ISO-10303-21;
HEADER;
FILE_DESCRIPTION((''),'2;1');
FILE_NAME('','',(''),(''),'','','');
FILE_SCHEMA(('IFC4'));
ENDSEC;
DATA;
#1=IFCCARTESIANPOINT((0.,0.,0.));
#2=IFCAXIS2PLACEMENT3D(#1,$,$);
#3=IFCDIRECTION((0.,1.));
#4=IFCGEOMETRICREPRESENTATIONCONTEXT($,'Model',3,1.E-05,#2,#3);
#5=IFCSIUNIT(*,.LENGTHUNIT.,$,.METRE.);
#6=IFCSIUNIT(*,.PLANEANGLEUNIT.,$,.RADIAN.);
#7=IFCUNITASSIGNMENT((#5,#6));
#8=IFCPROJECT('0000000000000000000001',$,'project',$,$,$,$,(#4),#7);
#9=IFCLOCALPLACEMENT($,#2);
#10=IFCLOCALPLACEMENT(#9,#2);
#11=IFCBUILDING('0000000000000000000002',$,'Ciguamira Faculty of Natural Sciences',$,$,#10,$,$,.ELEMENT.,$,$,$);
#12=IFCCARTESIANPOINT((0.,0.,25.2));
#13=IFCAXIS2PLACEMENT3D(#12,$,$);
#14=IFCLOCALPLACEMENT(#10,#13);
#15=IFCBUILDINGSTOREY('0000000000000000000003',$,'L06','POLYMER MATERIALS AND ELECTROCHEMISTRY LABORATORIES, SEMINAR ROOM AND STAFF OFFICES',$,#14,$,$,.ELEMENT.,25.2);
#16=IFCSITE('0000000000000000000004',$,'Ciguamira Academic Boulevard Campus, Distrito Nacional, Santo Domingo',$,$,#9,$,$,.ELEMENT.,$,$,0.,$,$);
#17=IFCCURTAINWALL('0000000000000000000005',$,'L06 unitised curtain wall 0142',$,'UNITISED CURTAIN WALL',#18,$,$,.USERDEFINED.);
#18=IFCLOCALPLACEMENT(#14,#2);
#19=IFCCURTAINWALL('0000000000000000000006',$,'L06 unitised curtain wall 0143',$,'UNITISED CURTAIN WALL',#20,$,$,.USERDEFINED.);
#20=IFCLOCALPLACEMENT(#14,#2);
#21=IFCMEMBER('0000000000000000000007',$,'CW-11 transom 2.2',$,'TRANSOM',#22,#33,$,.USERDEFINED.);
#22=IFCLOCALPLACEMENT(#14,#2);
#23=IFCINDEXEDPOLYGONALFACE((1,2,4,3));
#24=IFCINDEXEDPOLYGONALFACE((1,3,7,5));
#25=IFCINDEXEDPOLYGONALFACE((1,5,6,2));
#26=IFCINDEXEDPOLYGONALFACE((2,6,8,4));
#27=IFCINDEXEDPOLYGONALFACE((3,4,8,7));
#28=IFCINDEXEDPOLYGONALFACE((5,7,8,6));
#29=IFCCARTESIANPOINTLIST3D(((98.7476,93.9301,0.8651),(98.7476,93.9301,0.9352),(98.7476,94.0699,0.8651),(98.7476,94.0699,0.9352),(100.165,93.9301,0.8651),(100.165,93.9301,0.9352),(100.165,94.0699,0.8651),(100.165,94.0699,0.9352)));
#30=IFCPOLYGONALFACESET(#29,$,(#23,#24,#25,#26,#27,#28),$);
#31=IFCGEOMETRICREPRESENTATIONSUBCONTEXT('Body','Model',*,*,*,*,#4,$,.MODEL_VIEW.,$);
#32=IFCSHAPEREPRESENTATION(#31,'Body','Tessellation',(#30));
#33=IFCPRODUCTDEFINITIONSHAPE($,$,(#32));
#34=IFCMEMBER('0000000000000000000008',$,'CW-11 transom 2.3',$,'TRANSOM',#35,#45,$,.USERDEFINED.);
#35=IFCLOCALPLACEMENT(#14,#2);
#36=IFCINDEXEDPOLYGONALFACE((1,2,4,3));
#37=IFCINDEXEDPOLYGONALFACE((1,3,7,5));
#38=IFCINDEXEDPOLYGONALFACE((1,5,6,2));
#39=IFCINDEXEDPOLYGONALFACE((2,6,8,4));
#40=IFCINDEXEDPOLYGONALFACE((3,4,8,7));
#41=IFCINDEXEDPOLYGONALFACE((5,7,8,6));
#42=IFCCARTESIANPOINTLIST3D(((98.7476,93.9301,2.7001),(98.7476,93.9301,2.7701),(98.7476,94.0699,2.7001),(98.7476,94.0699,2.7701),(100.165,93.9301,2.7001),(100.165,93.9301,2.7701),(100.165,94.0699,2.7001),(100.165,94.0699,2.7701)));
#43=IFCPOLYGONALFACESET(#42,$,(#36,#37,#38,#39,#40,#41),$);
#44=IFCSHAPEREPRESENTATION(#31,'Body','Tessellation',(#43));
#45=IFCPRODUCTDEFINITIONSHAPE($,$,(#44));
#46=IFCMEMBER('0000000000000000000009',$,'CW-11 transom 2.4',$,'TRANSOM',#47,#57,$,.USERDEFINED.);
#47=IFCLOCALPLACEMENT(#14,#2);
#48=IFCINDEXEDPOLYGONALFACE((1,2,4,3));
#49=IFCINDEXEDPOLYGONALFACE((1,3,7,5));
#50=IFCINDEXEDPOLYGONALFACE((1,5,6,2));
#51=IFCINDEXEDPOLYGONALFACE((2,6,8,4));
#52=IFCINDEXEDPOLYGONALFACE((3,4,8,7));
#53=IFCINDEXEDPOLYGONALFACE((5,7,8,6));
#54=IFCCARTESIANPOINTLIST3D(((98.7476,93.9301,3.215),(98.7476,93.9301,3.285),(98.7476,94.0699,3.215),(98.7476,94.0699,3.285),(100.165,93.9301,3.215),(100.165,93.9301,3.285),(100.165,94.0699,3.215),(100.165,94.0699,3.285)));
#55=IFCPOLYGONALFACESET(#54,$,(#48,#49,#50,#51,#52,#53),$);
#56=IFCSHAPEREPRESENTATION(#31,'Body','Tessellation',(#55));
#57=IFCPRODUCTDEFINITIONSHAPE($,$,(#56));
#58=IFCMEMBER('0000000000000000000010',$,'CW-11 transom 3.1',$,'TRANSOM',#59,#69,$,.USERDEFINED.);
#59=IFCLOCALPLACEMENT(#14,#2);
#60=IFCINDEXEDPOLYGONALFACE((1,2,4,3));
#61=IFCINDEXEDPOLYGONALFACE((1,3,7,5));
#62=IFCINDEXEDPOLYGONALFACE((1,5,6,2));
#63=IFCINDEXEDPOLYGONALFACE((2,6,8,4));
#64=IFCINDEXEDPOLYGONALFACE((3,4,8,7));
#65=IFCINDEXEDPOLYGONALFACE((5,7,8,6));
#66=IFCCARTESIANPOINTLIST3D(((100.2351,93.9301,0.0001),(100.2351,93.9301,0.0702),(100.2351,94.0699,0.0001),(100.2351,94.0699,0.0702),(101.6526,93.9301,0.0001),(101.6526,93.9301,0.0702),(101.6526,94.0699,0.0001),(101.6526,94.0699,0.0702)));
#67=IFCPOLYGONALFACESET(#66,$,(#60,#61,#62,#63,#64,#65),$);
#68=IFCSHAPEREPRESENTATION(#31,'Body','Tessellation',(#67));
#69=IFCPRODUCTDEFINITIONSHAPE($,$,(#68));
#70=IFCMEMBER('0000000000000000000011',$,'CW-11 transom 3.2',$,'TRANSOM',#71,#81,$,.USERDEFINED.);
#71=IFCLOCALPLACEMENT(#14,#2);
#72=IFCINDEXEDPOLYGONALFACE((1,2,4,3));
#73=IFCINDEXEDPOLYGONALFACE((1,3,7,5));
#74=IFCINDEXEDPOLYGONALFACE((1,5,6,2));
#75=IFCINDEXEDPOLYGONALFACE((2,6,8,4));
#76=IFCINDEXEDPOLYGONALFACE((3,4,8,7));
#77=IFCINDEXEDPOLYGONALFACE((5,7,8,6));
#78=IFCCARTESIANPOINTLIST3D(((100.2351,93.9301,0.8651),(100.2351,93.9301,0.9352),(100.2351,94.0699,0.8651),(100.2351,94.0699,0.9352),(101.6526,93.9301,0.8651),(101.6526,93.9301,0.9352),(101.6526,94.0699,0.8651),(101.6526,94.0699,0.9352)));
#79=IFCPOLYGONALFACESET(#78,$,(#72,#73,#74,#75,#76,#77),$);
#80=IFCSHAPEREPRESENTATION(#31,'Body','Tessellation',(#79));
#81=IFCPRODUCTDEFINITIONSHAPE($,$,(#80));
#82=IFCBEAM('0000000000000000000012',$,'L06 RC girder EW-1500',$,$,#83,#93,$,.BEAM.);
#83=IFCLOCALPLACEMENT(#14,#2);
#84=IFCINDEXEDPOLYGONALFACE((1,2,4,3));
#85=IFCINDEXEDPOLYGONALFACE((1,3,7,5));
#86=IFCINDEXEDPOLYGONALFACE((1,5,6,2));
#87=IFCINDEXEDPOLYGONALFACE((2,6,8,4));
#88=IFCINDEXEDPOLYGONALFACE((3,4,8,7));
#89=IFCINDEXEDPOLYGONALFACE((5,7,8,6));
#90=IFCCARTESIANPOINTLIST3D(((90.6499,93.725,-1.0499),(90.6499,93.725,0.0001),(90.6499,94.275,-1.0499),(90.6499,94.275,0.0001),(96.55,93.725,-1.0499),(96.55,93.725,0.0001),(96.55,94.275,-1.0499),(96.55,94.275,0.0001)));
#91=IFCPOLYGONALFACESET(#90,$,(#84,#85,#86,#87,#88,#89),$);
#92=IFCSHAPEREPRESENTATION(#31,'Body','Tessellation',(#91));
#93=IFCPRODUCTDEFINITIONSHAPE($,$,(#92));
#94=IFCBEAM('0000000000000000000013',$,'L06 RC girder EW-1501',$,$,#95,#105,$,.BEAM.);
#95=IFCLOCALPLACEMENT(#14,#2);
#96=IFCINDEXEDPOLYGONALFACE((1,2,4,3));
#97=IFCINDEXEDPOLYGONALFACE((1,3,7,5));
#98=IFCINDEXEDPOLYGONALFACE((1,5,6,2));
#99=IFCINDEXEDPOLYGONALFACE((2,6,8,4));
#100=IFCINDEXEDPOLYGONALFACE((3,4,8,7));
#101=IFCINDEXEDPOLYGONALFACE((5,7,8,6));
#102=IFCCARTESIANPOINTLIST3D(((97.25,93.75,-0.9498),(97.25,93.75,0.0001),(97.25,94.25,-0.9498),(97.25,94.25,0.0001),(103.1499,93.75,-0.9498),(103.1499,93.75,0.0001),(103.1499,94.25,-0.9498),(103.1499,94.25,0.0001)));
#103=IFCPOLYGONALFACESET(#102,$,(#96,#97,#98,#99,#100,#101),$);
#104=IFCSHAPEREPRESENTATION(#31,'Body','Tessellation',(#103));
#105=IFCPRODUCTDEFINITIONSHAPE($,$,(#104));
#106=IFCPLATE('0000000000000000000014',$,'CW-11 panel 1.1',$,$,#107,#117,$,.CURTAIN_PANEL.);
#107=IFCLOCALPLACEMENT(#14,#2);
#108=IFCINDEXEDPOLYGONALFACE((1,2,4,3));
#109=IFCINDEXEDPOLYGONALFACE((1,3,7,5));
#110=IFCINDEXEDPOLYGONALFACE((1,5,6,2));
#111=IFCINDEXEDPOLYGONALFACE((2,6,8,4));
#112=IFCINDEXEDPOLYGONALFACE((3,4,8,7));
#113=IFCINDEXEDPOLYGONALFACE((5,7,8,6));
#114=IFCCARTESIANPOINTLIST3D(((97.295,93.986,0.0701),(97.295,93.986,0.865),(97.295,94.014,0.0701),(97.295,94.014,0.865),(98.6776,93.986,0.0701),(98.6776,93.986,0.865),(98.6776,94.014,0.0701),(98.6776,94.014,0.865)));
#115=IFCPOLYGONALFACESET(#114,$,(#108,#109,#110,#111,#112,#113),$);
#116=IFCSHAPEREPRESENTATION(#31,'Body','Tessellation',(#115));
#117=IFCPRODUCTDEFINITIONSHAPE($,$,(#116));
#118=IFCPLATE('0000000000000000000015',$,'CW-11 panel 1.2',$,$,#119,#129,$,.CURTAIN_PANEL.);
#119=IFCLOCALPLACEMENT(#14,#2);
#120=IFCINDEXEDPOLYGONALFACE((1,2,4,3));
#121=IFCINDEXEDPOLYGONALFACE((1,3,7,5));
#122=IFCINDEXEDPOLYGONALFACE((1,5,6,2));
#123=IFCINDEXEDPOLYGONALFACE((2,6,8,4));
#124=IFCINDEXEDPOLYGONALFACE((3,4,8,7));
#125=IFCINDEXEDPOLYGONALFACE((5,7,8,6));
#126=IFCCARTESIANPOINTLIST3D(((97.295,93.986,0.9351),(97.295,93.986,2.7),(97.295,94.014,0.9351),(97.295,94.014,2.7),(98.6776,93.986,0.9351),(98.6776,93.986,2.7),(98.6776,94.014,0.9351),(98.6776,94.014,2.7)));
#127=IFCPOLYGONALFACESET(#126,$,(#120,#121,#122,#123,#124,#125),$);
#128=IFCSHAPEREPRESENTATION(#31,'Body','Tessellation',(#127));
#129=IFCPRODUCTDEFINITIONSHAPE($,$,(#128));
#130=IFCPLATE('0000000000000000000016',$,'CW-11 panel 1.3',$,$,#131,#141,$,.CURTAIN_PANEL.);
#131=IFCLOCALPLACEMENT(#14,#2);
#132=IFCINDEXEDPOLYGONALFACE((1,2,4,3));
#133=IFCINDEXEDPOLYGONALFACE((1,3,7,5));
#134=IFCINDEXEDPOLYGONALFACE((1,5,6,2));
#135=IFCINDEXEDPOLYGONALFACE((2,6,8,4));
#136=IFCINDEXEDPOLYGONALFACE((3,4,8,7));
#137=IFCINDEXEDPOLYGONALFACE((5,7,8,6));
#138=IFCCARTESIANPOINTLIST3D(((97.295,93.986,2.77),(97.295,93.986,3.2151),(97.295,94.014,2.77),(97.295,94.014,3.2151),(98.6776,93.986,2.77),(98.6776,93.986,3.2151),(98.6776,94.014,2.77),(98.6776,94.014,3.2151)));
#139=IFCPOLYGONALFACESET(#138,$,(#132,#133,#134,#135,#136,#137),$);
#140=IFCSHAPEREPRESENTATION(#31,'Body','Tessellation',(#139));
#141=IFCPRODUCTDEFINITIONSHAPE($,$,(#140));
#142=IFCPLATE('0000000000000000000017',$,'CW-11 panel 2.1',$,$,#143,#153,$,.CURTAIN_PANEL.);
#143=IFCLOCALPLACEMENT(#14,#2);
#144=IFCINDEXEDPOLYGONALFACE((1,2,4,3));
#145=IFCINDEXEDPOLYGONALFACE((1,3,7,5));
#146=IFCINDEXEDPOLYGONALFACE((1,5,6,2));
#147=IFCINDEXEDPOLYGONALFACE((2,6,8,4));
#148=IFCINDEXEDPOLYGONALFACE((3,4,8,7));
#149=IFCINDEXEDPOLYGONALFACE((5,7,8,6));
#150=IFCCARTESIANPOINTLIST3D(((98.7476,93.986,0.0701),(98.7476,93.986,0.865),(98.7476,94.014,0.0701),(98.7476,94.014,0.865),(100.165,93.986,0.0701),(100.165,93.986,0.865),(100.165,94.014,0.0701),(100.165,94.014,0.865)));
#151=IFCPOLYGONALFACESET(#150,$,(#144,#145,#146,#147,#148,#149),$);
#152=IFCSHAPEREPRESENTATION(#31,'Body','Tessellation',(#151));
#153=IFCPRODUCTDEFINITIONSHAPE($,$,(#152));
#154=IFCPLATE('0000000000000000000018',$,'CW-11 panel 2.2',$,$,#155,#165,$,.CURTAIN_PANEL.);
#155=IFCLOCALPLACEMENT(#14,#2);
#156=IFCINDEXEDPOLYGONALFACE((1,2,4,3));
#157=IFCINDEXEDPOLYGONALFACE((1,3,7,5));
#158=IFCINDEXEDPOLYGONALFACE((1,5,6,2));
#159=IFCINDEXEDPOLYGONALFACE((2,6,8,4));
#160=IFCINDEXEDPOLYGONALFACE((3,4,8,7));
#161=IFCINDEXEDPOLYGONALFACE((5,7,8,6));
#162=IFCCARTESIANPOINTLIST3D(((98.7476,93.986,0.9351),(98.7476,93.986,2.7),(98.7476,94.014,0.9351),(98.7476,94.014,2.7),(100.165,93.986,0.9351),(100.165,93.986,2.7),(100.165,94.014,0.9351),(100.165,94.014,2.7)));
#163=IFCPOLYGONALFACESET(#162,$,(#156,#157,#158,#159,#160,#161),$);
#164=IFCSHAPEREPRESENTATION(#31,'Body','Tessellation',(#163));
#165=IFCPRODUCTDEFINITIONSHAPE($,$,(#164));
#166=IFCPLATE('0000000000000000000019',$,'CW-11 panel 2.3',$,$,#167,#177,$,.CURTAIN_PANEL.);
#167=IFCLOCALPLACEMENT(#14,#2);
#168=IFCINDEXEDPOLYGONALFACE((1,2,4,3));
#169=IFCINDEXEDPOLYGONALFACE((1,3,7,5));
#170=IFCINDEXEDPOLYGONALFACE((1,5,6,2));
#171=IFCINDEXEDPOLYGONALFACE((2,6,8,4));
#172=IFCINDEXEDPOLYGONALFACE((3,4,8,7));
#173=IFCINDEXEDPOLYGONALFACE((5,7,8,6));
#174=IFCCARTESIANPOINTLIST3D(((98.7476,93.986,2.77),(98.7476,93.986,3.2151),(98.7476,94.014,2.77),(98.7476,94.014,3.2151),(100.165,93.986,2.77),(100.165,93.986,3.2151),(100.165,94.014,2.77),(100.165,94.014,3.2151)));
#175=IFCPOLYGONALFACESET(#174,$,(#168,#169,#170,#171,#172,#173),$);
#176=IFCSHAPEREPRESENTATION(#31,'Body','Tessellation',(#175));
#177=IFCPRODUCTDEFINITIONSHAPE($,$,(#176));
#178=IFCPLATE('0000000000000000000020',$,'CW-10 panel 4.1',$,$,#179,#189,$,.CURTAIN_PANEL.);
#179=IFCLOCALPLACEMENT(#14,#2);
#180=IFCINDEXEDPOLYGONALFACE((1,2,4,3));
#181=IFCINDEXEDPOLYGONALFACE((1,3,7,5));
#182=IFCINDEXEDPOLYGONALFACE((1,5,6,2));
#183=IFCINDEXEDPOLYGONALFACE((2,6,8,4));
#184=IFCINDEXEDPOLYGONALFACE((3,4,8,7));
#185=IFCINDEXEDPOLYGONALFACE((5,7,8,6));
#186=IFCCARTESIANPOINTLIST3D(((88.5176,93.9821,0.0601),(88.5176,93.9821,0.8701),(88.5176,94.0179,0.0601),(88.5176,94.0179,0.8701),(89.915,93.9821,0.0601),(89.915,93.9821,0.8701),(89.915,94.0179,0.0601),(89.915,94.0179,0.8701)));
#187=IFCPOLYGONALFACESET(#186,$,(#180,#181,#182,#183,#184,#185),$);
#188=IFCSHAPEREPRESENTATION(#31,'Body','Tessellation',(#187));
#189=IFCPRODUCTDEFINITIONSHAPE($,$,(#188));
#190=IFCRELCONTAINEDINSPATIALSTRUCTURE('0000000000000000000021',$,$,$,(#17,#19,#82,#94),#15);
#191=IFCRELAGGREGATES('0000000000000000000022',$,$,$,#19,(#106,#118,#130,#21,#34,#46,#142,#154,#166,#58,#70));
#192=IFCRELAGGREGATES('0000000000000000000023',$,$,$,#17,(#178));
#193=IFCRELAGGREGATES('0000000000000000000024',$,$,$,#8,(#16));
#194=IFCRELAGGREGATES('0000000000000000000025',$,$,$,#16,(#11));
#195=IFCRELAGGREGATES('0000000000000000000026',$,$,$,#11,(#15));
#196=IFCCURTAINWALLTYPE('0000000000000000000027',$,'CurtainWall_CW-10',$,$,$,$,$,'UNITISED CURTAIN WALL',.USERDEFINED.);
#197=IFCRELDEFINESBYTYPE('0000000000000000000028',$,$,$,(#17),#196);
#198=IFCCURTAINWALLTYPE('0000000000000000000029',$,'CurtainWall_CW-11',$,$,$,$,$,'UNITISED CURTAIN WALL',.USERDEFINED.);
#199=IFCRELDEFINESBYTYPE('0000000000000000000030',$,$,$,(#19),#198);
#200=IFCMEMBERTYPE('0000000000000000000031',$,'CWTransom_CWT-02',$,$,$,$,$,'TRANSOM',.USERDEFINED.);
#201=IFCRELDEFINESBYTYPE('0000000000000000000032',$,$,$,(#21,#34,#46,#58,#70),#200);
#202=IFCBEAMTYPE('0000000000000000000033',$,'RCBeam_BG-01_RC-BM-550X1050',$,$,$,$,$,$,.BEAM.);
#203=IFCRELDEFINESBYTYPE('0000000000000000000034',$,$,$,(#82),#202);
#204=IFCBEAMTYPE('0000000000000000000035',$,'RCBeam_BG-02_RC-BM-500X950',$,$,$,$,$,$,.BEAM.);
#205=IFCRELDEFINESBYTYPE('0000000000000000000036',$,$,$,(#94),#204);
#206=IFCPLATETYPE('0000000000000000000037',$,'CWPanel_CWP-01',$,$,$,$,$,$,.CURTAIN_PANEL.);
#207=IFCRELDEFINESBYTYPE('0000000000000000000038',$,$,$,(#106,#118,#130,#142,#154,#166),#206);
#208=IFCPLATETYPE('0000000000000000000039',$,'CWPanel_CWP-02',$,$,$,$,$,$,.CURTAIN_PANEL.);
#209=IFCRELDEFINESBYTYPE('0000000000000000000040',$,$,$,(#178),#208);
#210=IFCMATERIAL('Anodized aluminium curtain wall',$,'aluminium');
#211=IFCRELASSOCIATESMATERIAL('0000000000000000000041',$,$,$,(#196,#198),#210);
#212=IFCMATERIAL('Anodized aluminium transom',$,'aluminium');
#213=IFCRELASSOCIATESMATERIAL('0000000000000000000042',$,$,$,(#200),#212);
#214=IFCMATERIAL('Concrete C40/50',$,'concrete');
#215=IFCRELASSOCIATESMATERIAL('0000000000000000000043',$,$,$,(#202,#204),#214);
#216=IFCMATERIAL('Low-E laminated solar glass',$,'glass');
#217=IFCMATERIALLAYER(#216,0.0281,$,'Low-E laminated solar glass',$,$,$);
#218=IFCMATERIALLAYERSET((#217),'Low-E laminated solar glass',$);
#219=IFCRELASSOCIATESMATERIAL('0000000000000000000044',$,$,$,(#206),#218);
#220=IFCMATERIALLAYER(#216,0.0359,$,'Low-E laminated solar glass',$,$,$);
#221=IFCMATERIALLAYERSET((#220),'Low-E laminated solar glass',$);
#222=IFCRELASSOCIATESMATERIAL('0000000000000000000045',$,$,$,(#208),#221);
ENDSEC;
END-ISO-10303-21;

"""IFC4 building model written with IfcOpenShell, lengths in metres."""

from ifc_helpers import new_model, si_unit, direction, frame, origin, origin_2d, place, context, subcontext, project, spatial, rectangle, extrude, material, layer, layer_set, material_profile, profile_set, type_object, element, aggregate, save


model = new_model("IFC4")

# Units and contexts
model_context = context("Model", 3, precision=1e-05, world=origin(), true_north=direction((0.0, 1.0)))
body_context = subcontext(model_context, "Body", "Model", "MODEL_VIEW")
ifc_project = project(units=[si_unit("LENGTHUNIT", "METRE"), si_unit("PLANEANGLEUNIT", "RADIAN")], contexts=[model_context])

# Site, building, storey
site_placement = place(None, origin())
site = spatial("IfcSite", under=ifc_project, at=site_placement, Name="Ciguamira Academic Boulevard Campus, Distrito Nacional, Santo Domingo", CompositionType="ELEMENT", RefElevation=0.0)
building_placement = place(site_placement, origin())
building = spatial("IfcBuilding", under=site, at=building_placement, Name="Ciguamira Faculty of Natural Sciences", CompositionType="ELEMENT")
storey_placement = place(building_placement, frame((0.0, 0.0, 25.2)))
storey = spatial("IfcBuildingStorey", under=building, at=storey_placement, Name="L06", Description="POLYMER MATERIALS AND ELECTROCHEMISTRY LABORATORIES, SEMINAR ROOM AND STAFF OFFICES", CompositionType="ELEMENT", Elevation=25.2)

# Shared definitions
ifc_material_1 = material(Name="Concrete C40/50", Category="concrete")

# Curtain wall
ifc_material_2 = material(Name="Anodized aluminium curtain wall", Category="aluminium")
curtain_wall_type_1 = type_object("IfcCurtainWallType", Name="CurtainWall_CW-10", ElementType="UNITISED CURTAIN WALL", PredefinedType="USERDEFINED", material=ifc_material_2)
curtain_wall_1_placement = place(storey_placement, origin())
curtain_wall_1 = element("IfcCurtainWall", 1, at=curtain_wall_1_placement, inside=storey, type_object=curtain_wall_type_1, Name="L06 unitised curtain wall 0142", ObjectType="UNITISED CURTAIN WALL", PredefinedType="USERDEFINED")

# Curtain wall
curtain_wall_type_2 = type_object("IfcCurtainWallType", Name="CurtainWall_CW-11", ElementType="UNITISED CURTAIN WALL", PredefinedType="USERDEFINED", material=ifc_material_2)
curtain_wall_2_placement = place(storey_placement, origin())
curtain_wall_2 = element("IfcCurtainWall", 2, at=curtain_wall_2_placement, inside=storey, type_object=curtain_wall_type_2, Name="L06 unitised curtain wall 0143", ObjectType="UNITISED CURTAIN WALL", PredefinedType="USERDEFINED")

# Members
ifc_material_3 = material(Name="Anodized aluminium transom", Category="aluminium")
ifc_material_profile_1 = material_profile(ifc_material_3, rectangle(XDim=0.0701, YDim=0.1399, at=origin_2d()), Name="ALU-TRN-70X140")
ifc_profile_set_1 = profile_set([ifc_material_profile_1], Name="Anodized aluminium transom")
member_type_1 = type_object("IfcMemberType", Name="CWTransom_CWT-02", ElementType="TRANSOM", PredefinedType="USERDEFINED", material=ifc_profile_set_1)
member_1_placement = place(storey_placement, frame((98.7476, 94.0, 0.9001), z_axis=(1.0, 0.0, 0.0), x_axis=(0.0, 0.0, 1.0)))
member_1 = element("IfcMember", 3, at=member_1_placement, type_object=member_type_1, Name="CW-11 transom 2.2", ObjectType="TRANSOM", PredefinedType="USERDEFINED", context=body_context, shape_type="SweptSolid", body=[
    extrude(rectangle(XDim=0.0701, YDim=0.1399, at=origin_2d()), origin(), (0.0, 0.0, 1.0), 1.4175),
])
member_2_placement = place(storey_placement, frame((98.7476, 94.0, 2.7351), z_axis=(1.0, 0.0, 0.0), x_axis=(0.0, 0.0, 1.0)))
member_2 = element("IfcMember", 4, at=member_2_placement, type_object=member_type_1, Name="CW-11 transom 2.3", ObjectType="TRANSOM", PredefinedType="USERDEFINED", context=body_context, shape_type="SweptSolid", body=[
    extrude(rectangle(XDim=0.0701, YDim=0.1399, at=origin_2d()), origin(), (0.0, 0.0, 1.0), 1.4175),
])
member_3_placement = place(storey_placement, frame((98.7476, 94.0, 3.25), z_axis=(1.0, 0.0, 0.0), x_axis=(0.0, 0.0, 1.0)))
member_3 = element("IfcMember", 5, at=member_3_placement, type_object=member_type_1, Name="CW-11 transom 2.4", ObjectType="TRANSOM", PredefinedType="USERDEFINED", context=body_context, shape_type="SweptSolid", body=[
    extrude(rectangle(XDim=0.0701, YDim=0.1399, at=origin_2d()), origin(), (0.0, 0.0, 1.0), 1.4175),
])
member_4_placement = place(storey_placement, frame((100.2351, 94.0, 0.0352), z_axis=(1.0, 0.0, 0.0), x_axis=(0.0, 0.0, 1.0)))
member_4 = element("IfcMember", 6, at=member_4_placement, type_object=member_type_1, Name="CW-11 transom 3.1", ObjectType="TRANSOM", PredefinedType="USERDEFINED", context=body_context, shape_type="SweptSolid", body=[
    extrude(rectangle(XDim=0.0701, YDim=0.1399, at=origin_2d()), origin(), (0.0, 0.0, 1.0), 1.4175),
])
member_5_placement = place(storey_placement, frame((100.2351, 94.0, 0.9001), z_axis=(1.0, 0.0, 0.0), x_axis=(0.0, 0.0, 1.0)))
member_5 = element("IfcMember", 7, at=member_5_placement, type_object=member_type_1, Name="CW-11 transom 3.2", ObjectType="TRANSOM", PredefinedType="USERDEFINED", context=body_context, shape_type="SweptSolid", body=[
    extrude(rectangle(XDim=0.0701, YDim=0.1399, at=origin_2d()), origin(), (0.0, 0.0, 1.0), 1.4175),
])

# Beams
ifc_material_profile_2 = material_profile(ifc_material_1, rectangle(XDim=0.55, YDim=1.05, at=origin_2d()), Name="RC-BM-550X1050")
ifc_profile_set_2 = profile_set([ifc_material_profile_2], Name="Concrete C40/50")
beam_type_1 = type_object("IfcBeamType", Name="RCBeam_BG-01_RC-BM-550X1050", PredefinedType="BEAM", material=ifc_profile_set_2)
beam_1_placement = place(storey_placement, frame((90.6499, 94.0, -0.5249), z_axis=(1.0, 0.0, 0.0), x_axis=(0.0, 1.0, 0.0)))
element("IfcBeam", 8, at=beam_1_placement, inside=storey, type_object=beam_type_1, Name="L06 RC girder EW-1500", PredefinedType="BEAM", context=body_context, shape_type="SweptSolid", body=[
    extrude(rectangle(XDim=0.55, YDim=1.05, at=origin_2d()), origin(), (0.0, 0.0, 1.0), 5.9001),
])
ifc_material_profile_3 = material_profile(ifc_material_1, rectangle(XDim=0.5, YDim=0.95, at=origin_2d()), Name="RC-BM-500X950")
ifc_profile_set_3 = profile_set([ifc_material_profile_3], Name="Concrete C40/50")
beam_type_2 = type_object("IfcBeamType", Name="RCBeam_BG-02_RC-BM-500X950", PredefinedType="BEAM", material=ifc_profile_set_3)
beam_2_placement = place(storey_placement, frame((97.25, 94.0, -0.4749), z_axis=(1.0, 0.0, 0.0), x_axis=(0.0, 1.0, 0.0)))
element("IfcBeam", 9, at=beam_2_placement, inside=storey, type_object=beam_type_2, Name="L06 RC girder EW-1501", PredefinedType="BEAM", context=body_context, shape_type="SweptSolid", body=[
    extrude(rectangle(XDim=0.5, YDim=0.95, at=origin_2d()), origin(), (0.0, 0.0, 1.0), 5.8999),
])

# Plates
ifc_material_4 = material(Name="Low-E laminated solar glass", Category="glass")
ifc_layer_1 = layer(ifc_material_4, 0.0281, Name="Low-E laminated solar glass")
ifc_layer_set_1 = layer_set([ifc_layer_1], Name="Low-E laminated solar glass")
plate_type_1 = type_object("IfcPlateType", Name="CWPanel_CWP-01", PredefinedType="CURTAIN_PANEL", material=ifc_layer_set_1)
plate_1_placement = place(storey_placement, frame((97.9863, 94.0, 0.0701), z_axis=(0.0, 0.0, 1.0), x_axis=(1.0, 0.0, 0.0)))
plate_1 = element("IfcPlate", 10, at=plate_1_placement, type_object=plate_type_1, Name="CW-11 panel 1.1", PredefinedType="CURTAIN_PANEL", context=body_context, shape_type="SweptSolid", body=[
    extrude(rectangle(XDim=1.3826, YDim=0.0281, at=origin_2d()), origin(), (0.0, 0.0, 1.0), 0.7949),
])
plate_2_placement = place(storey_placement, frame((97.9863, 94.0, 0.9351), z_axis=(0.0, 0.0, 1.0), x_axis=(1.0, 0.0, 0.0)))
plate_2 = element("IfcPlate", 11, at=plate_2_placement, type_object=plate_type_1, Name="CW-11 panel 1.2", PredefinedType="CURTAIN_PANEL", context=body_context, shape_type="SweptSolid", body=[
    extrude(rectangle(XDim=1.3826, YDim=0.0281, at=origin_2d()), origin(), (0.0, 0.0, 1.0), 1.7649),
])
plate_3_placement = place(storey_placement, frame((97.9863, 94.0, 2.77), z_axis=(0.0, 0.0, 1.0), x_axis=(1.0, 0.0, 0.0)))
plate_3 = element("IfcPlate", 12, at=plate_3_placement, type_object=plate_type_1, Name="CW-11 panel 1.3", PredefinedType="CURTAIN_PANEL", context=body_context, shape_type="SweptSolid", body=[
    extrude(rectangle(XDim=1.3826, YDim=0.0281, at=origin_2d()), origin(), (0.0, 0.0, 1.0), 0.4451),
])
plate_4_placement = place(storey_placement, frame((99.4563, 94.0, 0.0701), z_axis=(0.0, 0.0, 1.0), x_axis=(1.0, 0.0, 0.0)))
plate_4 = element("IfcPlate", 13, at=plate_4_placement, type_object=plate_type_1, Name="CW-11 panel 2.1", PredefinedType="CURTAIN_PANEL", context=body_context, shape_type="SweptSolid", body=[
    extrude(rectangle(XDim=1.4175, YDim=0.0281, at=origin_2d()), origin(), (0.0, 0.0, 1.0), 0.7949),
])
plate_5_placement = place(storey_placement, frame((99.4563, 94.0, 0.9351), z_axis=(0.0, 0.0, 1.0), x_axis=(1.0, 0.0, 0.0)))
plate_5 = element("IfcPlate", 14, at=plate_5_placement, type_object=plate_type_1, Name="CW-11 panel 2.2", PredefinedType="CURTAIN_PANEL", context=body_context, shape_type="SweptSolid", body=[
    extrude(rectangle(XDim=1.4175, YDim=0.0281, at=origin_2d()), origin(), (0.0, 0.0, 1.0), 1.7649),
])
plate_6_placement = place(storey_placement, frame((99.4563, 94.0, 2.77), z_axis=(0.0, 0.0, 1.0), x_axis=(1.0, 0.0, 0.0)))
plate_6 = element("IfcPlate", 15, at=plate_6_placement, type_object=plate_type_1, Name="CW-11 panel 2.3", PredefinedType="CURTAIN_PANEL", context=body_context, shape_type="SweptSolid", body=[
    extrude(rectangle(XDim=1.4175, YDim=0.0281, at=origin_2d()), origin(), (0.0, 0.0, 1.0), 0.4451),
])
aggregate(curtain_wall_2, [plate_1, plate_2, plate_3, member_1, member_2, member_3, plate_4, plate_5, plate_6, member_4, member_5])
ifc_layer_2 = layer(ifc_material_4, 0.0359, Name="Low-E laminated solar glass")
ifc_layer_set_2 = layer_set([ifc_layer_2], Name="Low-E laminated solar glass")
plate_type_2 = type_object("IfcPlateType", Name="CWPanel_CWP-02", PredefinedType="CURTAIN_PANEL", material=ifc_layer_set_2)
plate_7_placement = place(storey_placement, frame((89.2163, 94.0, 0.0601), z_axis=(0.0, 0.0, 1.0), x_axis=(1.0, 0.0, 0.0)))
plate_7 = element("IfcPlate", 16, at=plate_7_placement, type_object=plate_type_2, Name="CW-10 panel 4.1", PredefinedType="CURTAIN_PANEL", context=body_context, shape_type="SweptSolid", body=[
    extrude(rectangle(XDim=1.3975, YDim=0.0359, at=origin_2d()), origin(), (0.0, 0.0, 1.0), 0.8101),
])
aggregate(curtain_wall_1, [plate_7])

save(model, "model.ifc")
